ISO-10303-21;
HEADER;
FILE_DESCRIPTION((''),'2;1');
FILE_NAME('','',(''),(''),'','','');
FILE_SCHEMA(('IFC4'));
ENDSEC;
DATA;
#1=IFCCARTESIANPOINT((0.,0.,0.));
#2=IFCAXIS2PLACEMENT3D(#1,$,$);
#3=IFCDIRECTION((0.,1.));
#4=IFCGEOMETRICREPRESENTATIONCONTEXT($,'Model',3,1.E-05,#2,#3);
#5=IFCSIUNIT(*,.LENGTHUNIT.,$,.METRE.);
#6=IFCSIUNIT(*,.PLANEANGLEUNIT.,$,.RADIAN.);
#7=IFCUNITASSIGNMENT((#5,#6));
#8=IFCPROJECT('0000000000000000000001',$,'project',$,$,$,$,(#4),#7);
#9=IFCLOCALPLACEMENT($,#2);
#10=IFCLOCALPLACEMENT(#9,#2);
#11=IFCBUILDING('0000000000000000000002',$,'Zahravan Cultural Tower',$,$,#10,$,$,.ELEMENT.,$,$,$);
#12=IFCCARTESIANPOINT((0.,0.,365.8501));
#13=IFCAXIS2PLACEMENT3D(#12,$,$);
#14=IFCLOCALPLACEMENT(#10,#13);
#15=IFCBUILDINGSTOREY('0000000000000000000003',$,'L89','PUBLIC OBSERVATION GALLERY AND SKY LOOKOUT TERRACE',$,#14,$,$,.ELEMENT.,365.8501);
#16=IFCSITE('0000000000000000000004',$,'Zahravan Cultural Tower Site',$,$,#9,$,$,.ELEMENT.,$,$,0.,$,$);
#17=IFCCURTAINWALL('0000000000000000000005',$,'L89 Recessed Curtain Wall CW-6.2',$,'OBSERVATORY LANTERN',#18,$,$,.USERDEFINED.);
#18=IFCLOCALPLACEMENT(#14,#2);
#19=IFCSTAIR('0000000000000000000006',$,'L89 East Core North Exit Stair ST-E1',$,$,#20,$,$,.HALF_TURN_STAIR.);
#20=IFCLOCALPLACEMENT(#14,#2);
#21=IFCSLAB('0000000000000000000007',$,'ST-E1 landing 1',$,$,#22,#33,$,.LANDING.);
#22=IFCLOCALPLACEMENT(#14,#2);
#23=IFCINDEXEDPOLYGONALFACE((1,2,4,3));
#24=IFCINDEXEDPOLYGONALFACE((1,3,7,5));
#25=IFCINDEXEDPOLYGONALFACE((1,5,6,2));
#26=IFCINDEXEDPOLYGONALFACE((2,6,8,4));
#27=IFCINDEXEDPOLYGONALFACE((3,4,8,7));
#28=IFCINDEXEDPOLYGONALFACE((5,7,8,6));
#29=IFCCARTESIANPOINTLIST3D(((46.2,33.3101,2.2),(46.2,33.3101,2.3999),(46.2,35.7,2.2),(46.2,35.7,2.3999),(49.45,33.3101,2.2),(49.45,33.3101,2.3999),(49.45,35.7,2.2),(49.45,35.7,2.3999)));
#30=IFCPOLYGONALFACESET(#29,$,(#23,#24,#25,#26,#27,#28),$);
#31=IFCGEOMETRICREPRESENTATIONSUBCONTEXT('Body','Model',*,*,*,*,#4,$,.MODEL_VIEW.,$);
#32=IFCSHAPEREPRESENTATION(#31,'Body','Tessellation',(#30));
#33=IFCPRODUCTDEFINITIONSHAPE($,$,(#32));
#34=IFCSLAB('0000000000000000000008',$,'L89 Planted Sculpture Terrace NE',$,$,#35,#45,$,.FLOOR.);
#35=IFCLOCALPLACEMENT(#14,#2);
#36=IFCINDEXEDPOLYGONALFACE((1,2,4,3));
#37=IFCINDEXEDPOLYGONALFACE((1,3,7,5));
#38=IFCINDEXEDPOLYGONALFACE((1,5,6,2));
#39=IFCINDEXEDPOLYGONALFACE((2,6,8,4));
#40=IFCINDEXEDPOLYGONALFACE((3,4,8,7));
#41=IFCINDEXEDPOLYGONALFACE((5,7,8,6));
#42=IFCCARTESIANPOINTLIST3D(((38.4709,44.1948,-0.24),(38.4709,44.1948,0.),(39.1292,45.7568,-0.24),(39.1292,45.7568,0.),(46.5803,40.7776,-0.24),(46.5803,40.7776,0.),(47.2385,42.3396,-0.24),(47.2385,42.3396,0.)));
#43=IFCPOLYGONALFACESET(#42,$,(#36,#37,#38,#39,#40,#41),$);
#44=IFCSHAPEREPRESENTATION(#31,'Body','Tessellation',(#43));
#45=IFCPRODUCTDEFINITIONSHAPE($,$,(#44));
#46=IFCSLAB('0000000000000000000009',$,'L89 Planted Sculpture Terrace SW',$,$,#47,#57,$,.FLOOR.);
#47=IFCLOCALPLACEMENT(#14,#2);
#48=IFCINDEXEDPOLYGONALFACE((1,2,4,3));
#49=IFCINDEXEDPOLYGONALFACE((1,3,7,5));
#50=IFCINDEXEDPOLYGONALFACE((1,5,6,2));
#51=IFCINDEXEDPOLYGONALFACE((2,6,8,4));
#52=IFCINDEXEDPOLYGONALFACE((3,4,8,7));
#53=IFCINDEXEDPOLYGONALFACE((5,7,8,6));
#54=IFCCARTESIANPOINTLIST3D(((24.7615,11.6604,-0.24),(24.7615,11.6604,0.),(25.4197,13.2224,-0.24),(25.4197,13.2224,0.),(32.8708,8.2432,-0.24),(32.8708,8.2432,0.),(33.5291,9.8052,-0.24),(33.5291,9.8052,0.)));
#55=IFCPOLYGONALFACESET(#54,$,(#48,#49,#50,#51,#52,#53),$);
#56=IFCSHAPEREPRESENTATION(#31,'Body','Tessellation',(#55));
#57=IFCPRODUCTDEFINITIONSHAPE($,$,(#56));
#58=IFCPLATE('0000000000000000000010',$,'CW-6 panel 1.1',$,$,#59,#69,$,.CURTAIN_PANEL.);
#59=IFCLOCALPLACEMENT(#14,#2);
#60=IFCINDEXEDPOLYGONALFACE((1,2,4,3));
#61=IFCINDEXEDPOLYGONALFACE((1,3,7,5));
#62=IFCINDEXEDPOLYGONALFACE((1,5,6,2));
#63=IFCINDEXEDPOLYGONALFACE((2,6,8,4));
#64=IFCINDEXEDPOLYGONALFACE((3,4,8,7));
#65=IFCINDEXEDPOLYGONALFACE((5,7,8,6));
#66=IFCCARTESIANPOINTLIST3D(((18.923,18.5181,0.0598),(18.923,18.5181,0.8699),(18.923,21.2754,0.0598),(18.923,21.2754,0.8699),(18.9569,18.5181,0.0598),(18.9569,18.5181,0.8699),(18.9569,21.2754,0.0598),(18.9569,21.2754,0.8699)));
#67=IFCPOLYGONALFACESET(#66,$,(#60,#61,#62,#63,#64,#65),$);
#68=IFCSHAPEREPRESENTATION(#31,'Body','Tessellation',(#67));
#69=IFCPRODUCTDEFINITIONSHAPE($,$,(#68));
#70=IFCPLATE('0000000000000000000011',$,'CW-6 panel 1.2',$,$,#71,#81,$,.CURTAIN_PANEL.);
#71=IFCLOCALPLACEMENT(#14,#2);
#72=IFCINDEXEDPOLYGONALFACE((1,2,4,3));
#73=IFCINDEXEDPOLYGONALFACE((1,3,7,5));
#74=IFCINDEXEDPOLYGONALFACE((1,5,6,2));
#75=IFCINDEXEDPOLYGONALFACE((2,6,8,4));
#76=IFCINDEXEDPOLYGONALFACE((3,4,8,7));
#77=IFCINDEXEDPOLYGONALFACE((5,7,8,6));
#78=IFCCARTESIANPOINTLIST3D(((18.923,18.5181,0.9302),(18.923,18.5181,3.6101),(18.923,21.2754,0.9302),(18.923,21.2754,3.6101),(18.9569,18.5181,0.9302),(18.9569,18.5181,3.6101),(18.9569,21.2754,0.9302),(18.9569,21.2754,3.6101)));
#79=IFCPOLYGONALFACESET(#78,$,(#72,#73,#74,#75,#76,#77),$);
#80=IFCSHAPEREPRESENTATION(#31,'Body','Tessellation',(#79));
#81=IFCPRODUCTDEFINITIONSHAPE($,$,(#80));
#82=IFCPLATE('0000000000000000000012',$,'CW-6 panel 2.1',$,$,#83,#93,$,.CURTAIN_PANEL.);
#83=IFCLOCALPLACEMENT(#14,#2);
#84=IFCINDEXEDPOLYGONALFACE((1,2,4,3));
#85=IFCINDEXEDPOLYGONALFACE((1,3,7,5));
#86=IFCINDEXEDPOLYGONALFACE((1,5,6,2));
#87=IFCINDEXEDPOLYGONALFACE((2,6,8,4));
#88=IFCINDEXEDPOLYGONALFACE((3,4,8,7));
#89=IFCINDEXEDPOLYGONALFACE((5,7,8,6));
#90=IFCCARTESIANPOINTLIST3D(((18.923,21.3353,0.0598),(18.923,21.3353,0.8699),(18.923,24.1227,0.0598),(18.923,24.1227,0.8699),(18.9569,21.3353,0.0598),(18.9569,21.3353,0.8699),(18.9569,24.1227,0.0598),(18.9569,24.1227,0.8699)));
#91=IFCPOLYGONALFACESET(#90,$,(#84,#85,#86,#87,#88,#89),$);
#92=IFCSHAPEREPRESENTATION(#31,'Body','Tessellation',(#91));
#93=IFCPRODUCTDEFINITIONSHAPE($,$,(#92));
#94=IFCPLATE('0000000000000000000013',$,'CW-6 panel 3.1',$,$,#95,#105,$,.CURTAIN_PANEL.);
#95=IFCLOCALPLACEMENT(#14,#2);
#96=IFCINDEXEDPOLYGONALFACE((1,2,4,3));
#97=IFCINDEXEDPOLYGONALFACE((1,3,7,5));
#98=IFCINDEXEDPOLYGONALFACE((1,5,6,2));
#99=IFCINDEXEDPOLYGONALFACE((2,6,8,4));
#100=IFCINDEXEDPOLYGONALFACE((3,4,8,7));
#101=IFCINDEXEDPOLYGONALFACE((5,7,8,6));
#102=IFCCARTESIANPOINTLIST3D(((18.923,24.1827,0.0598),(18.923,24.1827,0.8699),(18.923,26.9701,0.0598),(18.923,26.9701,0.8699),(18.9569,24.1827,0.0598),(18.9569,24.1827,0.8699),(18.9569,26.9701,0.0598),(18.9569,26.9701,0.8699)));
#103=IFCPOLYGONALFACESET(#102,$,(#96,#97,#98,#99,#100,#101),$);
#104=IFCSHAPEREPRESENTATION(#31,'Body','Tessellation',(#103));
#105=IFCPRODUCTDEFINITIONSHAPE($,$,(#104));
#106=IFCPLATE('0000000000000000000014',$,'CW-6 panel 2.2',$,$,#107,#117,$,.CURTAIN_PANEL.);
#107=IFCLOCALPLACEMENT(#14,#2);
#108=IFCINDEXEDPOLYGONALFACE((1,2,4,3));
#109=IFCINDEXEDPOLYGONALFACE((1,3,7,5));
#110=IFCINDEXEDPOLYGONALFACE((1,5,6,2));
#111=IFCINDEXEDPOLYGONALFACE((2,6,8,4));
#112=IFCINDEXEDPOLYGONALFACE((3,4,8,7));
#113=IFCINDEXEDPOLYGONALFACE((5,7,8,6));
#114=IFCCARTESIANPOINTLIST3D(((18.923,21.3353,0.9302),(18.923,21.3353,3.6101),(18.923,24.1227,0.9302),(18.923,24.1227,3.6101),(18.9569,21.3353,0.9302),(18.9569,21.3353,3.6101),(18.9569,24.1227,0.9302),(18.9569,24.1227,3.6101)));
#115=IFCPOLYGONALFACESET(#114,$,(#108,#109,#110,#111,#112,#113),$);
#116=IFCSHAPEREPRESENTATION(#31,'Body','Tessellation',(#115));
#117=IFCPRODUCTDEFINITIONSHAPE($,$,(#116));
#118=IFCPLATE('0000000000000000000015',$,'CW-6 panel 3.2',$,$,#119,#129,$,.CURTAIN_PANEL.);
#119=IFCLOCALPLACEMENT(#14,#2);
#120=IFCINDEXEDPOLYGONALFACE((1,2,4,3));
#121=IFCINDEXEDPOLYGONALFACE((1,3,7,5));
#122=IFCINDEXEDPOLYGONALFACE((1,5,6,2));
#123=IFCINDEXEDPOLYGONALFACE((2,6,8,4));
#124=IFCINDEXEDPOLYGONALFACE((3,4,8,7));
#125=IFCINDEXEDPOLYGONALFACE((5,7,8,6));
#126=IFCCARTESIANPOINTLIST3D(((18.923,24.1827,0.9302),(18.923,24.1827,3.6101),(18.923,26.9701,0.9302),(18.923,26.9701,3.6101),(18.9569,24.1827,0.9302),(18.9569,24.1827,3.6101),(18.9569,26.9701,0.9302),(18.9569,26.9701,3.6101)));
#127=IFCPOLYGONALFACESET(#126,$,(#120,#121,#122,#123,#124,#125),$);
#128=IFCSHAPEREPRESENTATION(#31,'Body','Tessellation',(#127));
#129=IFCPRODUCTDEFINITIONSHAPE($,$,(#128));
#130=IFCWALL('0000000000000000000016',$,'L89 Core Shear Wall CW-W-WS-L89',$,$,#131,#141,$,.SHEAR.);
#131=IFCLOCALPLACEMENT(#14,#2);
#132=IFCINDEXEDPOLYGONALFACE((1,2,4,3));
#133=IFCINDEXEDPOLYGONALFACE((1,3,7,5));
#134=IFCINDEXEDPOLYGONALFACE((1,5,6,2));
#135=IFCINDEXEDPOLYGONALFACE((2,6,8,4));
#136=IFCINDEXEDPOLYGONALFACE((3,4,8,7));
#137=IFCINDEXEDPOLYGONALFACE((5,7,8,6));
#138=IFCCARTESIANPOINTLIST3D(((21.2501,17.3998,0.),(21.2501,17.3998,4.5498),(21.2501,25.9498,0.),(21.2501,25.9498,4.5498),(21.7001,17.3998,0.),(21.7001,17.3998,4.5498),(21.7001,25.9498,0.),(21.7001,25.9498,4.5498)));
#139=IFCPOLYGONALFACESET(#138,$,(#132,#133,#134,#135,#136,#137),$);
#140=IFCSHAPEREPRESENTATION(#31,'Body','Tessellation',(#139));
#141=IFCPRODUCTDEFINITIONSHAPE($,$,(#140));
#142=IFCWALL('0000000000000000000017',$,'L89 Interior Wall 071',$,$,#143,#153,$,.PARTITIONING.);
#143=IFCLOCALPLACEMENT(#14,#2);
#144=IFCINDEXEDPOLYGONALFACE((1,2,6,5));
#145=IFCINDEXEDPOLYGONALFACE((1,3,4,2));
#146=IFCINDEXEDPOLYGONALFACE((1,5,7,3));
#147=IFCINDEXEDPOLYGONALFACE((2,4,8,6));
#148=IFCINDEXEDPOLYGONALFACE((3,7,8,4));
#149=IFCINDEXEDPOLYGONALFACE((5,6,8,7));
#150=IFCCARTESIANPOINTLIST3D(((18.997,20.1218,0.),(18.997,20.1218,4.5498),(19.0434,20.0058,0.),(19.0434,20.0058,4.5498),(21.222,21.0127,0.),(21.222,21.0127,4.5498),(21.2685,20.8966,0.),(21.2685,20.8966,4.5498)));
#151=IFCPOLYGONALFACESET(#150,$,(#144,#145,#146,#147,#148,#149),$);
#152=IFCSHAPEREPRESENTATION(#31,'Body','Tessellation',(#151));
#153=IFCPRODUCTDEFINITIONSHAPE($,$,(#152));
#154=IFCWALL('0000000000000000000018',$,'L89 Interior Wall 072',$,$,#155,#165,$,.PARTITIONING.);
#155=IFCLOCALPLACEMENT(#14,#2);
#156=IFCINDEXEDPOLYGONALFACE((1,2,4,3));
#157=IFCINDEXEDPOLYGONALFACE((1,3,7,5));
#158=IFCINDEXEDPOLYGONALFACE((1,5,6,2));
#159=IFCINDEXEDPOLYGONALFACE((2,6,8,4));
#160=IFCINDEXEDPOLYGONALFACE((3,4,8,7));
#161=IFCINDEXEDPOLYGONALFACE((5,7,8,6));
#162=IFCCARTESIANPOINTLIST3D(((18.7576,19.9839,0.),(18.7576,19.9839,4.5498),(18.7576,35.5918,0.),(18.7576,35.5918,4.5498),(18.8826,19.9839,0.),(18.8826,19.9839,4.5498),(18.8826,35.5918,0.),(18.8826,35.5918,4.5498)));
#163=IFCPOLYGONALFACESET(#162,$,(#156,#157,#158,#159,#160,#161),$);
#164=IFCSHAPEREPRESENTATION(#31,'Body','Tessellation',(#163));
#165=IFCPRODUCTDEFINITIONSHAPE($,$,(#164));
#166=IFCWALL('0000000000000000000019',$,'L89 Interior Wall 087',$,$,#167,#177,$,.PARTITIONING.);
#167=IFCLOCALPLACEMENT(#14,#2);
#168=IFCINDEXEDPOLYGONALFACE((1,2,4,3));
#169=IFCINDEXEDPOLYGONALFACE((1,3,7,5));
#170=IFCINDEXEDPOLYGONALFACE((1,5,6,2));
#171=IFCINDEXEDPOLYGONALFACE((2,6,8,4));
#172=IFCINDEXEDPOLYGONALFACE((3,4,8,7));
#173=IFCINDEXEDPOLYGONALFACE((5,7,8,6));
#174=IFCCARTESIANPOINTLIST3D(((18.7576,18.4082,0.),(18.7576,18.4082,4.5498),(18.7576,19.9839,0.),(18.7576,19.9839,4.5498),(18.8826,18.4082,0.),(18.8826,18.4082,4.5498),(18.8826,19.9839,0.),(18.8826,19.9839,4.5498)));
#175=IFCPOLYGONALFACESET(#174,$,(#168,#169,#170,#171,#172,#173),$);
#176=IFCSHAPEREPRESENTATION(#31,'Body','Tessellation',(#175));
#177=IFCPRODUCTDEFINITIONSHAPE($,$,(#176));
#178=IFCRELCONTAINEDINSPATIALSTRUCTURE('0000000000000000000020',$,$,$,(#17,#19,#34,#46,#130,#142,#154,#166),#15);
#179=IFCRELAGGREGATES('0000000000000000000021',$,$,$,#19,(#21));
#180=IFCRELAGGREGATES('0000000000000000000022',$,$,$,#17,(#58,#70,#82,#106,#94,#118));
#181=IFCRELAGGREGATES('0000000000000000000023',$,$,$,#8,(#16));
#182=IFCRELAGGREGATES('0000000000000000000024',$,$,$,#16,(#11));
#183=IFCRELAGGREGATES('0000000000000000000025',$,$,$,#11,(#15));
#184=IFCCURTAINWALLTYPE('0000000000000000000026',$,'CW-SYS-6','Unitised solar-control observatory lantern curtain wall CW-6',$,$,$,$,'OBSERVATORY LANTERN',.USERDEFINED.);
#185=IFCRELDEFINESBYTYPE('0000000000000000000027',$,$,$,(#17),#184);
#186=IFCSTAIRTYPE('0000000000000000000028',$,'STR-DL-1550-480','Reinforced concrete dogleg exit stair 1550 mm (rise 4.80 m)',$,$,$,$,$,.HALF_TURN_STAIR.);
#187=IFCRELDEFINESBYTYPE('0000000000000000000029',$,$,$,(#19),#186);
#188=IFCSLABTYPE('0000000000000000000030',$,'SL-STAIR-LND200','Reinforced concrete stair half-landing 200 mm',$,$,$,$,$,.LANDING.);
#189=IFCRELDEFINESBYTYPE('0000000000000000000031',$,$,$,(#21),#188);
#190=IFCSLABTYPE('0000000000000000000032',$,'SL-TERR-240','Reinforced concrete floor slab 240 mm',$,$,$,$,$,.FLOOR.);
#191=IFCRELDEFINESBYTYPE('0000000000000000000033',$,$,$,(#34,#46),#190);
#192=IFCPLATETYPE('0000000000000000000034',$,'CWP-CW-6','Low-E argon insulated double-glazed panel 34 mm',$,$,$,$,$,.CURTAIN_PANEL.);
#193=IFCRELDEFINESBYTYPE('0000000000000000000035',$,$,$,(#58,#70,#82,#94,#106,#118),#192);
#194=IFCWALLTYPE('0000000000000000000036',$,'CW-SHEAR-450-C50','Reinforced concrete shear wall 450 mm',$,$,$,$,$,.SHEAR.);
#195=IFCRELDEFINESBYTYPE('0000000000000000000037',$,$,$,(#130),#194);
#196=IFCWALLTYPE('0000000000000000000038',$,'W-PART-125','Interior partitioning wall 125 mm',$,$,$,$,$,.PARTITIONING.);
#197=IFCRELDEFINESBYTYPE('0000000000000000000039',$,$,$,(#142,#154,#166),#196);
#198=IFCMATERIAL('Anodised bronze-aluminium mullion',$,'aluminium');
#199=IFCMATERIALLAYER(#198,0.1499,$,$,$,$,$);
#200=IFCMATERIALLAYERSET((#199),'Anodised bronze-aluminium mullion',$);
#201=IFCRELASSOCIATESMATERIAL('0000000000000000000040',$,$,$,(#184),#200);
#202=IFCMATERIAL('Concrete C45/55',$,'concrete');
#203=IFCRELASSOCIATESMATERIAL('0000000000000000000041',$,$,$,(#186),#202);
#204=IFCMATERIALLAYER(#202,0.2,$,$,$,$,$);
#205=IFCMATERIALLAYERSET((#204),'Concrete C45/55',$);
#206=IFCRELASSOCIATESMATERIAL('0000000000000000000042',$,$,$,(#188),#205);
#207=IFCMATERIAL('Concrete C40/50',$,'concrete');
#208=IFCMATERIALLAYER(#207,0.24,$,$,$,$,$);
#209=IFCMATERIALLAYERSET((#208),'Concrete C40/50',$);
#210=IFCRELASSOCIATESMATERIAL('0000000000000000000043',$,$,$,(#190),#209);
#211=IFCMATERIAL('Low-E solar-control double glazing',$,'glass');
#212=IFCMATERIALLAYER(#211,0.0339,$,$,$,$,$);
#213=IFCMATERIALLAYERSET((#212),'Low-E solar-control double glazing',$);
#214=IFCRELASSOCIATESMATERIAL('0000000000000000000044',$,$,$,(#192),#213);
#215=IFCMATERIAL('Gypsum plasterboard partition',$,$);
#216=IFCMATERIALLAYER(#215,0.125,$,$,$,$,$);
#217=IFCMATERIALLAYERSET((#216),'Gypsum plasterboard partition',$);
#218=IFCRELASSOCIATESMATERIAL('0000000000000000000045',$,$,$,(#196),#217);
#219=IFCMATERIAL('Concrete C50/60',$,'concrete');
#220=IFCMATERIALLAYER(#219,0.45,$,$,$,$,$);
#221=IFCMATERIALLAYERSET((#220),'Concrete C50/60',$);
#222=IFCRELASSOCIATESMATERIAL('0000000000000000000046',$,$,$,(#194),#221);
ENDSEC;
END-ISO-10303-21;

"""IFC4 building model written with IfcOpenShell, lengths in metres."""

from ifc_helpers import new_model, si_unit, direction, frame, frame_2d, origin, origin_2d, place, context, subcontext, project, spatial, polyline, rectangle, outline, extrude, source, transform, mapped, material, layer, layer_set, type_object, element, aggregate, save


model = new_model("IFC4")

# Units and contexts
model_context = context("Model", 3, precision=1e-05, world=origin(), true_north=direction((0.0, 1.0)))
body_context = subcontext(model_context, "Body", "Model", "MODEL_VIEW")
ifc_project = project(units=[si_unit("LENGTHUNIT", "METRE"), si_unit("PLANEANGLEUNIT", "RADIAN")], contexts=[model_context])

# Site, building, storey
site_placement = place(None, origin())
site = spatial("IfcSite", under=ifc_project, at=site_placement, Name="Zahravan Cultural Tower Site", CompositionType="ELEMENT", RefElevation=0.0)
building_placement = place(site_placement, origin())
building = spatial("IfcBuilding", under=site, at=building_placement, Name="Zahravan Cultural Tower", CompositionType="ELEMENT")
storey_placement = place(building_placement, frame((0.0, 0.0, 365.8501)))
storey = spatial("IfcBuildingStorey", under=building, at=storey_placement, Name="L89", Description="PUBLIC OBSERVATION GALLERY AND SKY LOOKOUT TERRACE", CompositionType="ELEMENT", Elevation=365.8501)

# Shared definitions
ifc_material_1 = material(Name="Concrete C50/60", Category="concrete")

# Curtain wall
ifc_material_2 = material(Name="Anodised bronze-aluminium mullion", Category="aluminium")
ifc_layer_1 = layer(ifc_material_2, 0.1499)
ifc_layer_set_1 = layer_set([ifc_layer_1], Name="Anodised bronze-aluminium mullion")
curtain_wall_type = type_object("IfcCurtainWallType", Name="CW-SYS-6", Description="Unitised solar-control observatory lantern curtain wall CW-6", ElementType="OBSERVATORY LANTERN", PredefinedType="USERDEFINED", material=ifc_layer_set_1)
curtain_wall_placement = place(storey_placement, origin())
curtain_wall = element("IfcCurtainWall", 1, at=curtain_wall_placement, inside=storey, type_object=curtain_wall_type, Name="L89 Recessed Curtain Wall CW-6.2", ObjectType="OBSERVATORY LANTERN", PredefinedType="USERDEFINED")

# Shared definitions
ifc_material_3 = material(Name="Concrete C45/55", Category="concrete")

# Stair, slab
stair_type = type_object("IfcStairType", Name="STR-DL-1550-480", Description="Reinforced concrete dogleg exit stair 1550 mm (rise 4.80 m)", PredefinedType="HALF_TURN_STAIR", material=ifc_material_3)
ifc_layer_2 = layer(ifc_material_3, 0.2)
ifc_layer_set_2 = layer_set([ifc_layer_2], Name="Concrete C45/55")
slab_type_1 = type_object("IfcSlabType", Name="SL-STAIR-LND200", Description="Reinforced concrete stair half-landing 200 mm", PredefinedType="LANDING", material=ifc_layer_set_2)
stair_1_placement = place(storey_placement, origin())
stair_1 = element("IfcStair", 2, at=stair_1_placement, inside=storey, type_object=stair_type, Name="L89 East Core North Exit Stair ST-E1", PredefinedType="HALF_TURN_STAIR")
slab_1_placement = place(storey_placement, frame((0.0, 0.0, 2.2)))
slab_1 = element("IfcSlab", 3, at=slab_1_placement, type_object=slab_type_1, Name="ST-E1 landing 1", PredefinedType="LANDING", context=body_context, shape_type="SweptSolid", body=[
    extrude(outline(polyline([(49.45, 33.3101), (49.45, 35.7), (46.2, 35.7), (46.2, 33.3101), (49.45, 33.3101)])), origin(), (0.0, 0.0, 1.0), 0.2),
])
aggregate(stair_1, [slab_1])

# Slabs
ifc_material_4 = material(Name="Concrete C40/50", Category="concrete")
ifc_layer_3 = layer(ifc_material_4, 0.24)
ifc_layer_set_3 = layer_set([ifc_layer_3], Name="Concrete C40/50")
slab_type_2 = type_object("IfcSlabType", Name="SL-TERR-240", Description="Reinforced concrete floor slab 240 mm", PredefinedType="FLOOR", material=ifc_layer_set_3)
slab_2_placement = place(storey_placement, frame((0.0, 0.0, -0.24)))
element("IfcSlab", 4, at=slab_2_placement, inside=storey, type_object=slab_type_2, Name="L89 Planted Sculpture Terrace NE", PredefinedType="FLOOR", context=body_context, shape_type="SweptSolid", body=[
    extrude(outline(polyline([(39.1292, 45.7568), (38.4709, 44.1948), (46.5803, 40.7776), (47.2385, 42.3396), (39.1292, 45.7568)])), origin(), (0.0, 0.0, 1.0), 0.24),
])
slab_3_placement = place(storey_placement, frame((0.0, 0.0, -0.24)))
element("IfcSlab", 5, at=slab_3_placement, inside=storey, type_object=slab_type_2, Name="L89 Planted Sculpture Terrace SW", PredefinedType="FLOOR", context=body_context, shape_type="SweptSolid", body=[
    extrude(outline(polyline([(32.8708, 8.2432), (33.5291, 9.8052), (25.4197, 13.2224), (24.7615, 11.6604), (32.8708, 8.2432)])), origin(), (0.0, 0.0, 1.0), 0.24),
])

# Plates
ifc_material_5 = material(Name="Low-E solar-control double glazing", Category="glass")
ifc_layer_4 = layer(ifc_material_5, 0.0339)
ifc_layer_set_4 = layer_set([ifc_layer_4], Name="Low-E solar-control double glazing")
plate_type = type_object("IfcPlateType", Name="CWP-CW-6", Description="Low-E argon insulated double-glazed panel 34 mm", PredefinedType="CURTAIN_PANEL", material=ifc_layer_set_4)
shared_shape_1 = source(origin(), body_context, "Body", "SweptSolid", [
    extrude(rectangle(XDim=2.7573, YDim=0.0339, at=origin_2d()), origin(), (0.0, 0.0, 1.0), 0.8101),
])
plate_1_placement = place(storey_placement, frame((18.9399, 19.8967, 0.0598), z_axis=(0.0, 0.0, 1.0), x_axis=(0.0, 1.0, 0.0)))
plate_1 = element("IfcPlate", 6, at=plate_1_placement, type_object=plate_type, Name="CW-6 panel 1.1", PredefinedType="CURTAIN_PANEL", context=body_context, shape_type="MappedRepresentation", body=[
    mapped(shared_shape_1, transform((0.0, 0.0, 0.0), x_axis=(1.0, 0.0, 0.0), y_axis=(0.0, 1.0, 0.0), z_axis=(0.0, 0.0, 1.0), scale=1.0)),
])
shared_shape_2 = source(origin(), body_context, "Body", "SweptSolid", [
    extrude(rectangle(XDim=2.7573, YDim=0.0339, at=origin_2d()), origin(), (0.0, 0.0, 1.0), 2.6799),
])
plate_2_placement = place(storey_placement, frame((18.9399, 19.8967, 0.9302), z_axis=(0.0, 0.0, 1.0), x_axis=(0.0, 1.0, 0.0)))
plate_2 = element("IfcPlate", 7, at=plate_2_placement, type_object=plate_type, Name="CW-6 panel 1.2", PredefinedType="CURTAIN_PANEL", context=body_context, shape_type="MappedRepresentation", body=[
    mapped(shared_shape_2, transform((0.0, 0.0, 0.0), x_axis=(1.0, 0.0, 0.0), y_axis=(0.0, 1.0, 0.0), z_axis=(0.0, 0.0, 1.0), scale=1.0)),
])
shared_shape_3 = source(origin(), body_context, "Body", "SweptSolid", [
    extrude(rectangle(XDim=2.7874, YDim=0.0339, at=origin_2d()), origin(), (0.0, 0.0, 1.0), 0.8101),
])
plate_3_placement = place(storey_placement, frame((18.9399, 22.729, 0.0598), z_axis=(0.0, 0.0, 1.0), x_axis=(0.0, 1.0, 0.0)))
plate_3 = element("IfcPlate", 8, at=plate_3_placement, type_object=plate_type, Name="CW-6 panel 2.1", PredefinedType="CURTAIN_PANEL", context=body_context, shape_type="MappedRepresentation", body=[
    mapped(shared_shape_3, transform((0.0, 0.0, 0.0), x_axis=(1.0, 0.0, 0.0), y_axis=(0.0, 1.0, 0.0), z_axis=(0.0, 0.0, 1.0), scale=1.0)),
])
plate_4_placement = place(storey_placement, frame((18.9399, 25.5764, 0.0598), z_axis=(0.0, 0.0, 1.0), x_axis=(0.0, 1.0, 0.0)))
plate_4 = element("IfcPlate", 9, at=plate_4_placement, type_object=plate_type, Name="CW-6 panel 3.1", PredefinedType="CURTAIN_PANEL", context=body_context, shape_type="MappedRepresentation", body=[
    mapped(shared_shape_3, transform((0.0, 0.0, 0.0), x_axis=(1.0, 0.0, 0.0), y_axis=(0.0, 1.0, 0.0), z_axis=(0.0, 0.0, 1.0), scale=1.0)),
])
shared_shape_4 = source(origin(), body_context, "Body", "SweptSolid", [
    extrude(rectangle(XDim=2.7874, YDim=0.0339, at=origin_2d()), origin(), (0.0, 0.0, 1.0), 2.6799),
])
plate_5_placement = place(storey_placement, frame((18.9399, 22.729, 0.9302), z_axis=(0.0, 0.0, 1.0), x_axis=(0.0, 1.0, 0.0)))
plate_5 = element("IfcPlate", 10, at=plate_5_placement, type_object=plate_type, Name="CW-6 panel 2.2", PredefinedType="CURTAIN_PANEL", context=body_context, shape_type="MappedRepresentation", body=[
    mapped(shared_shape_4, transform((0.0, 0.0, 0.0), x_axis=(1.0, 0.0, 0.0), y_axis=(0.0, 1.0, 0.0), z_axis=(0.0, 0.0, 1.0), scale=1.0)),
])
plate_6_placement = place(storey_placement, frame((18.9399, 25.5764, 0.9302), z_axis=(0.0, 0.0, 1.0), x_axis=(0.0, 1.0, 0.0)))
plate_6 = element("IfcPlate", 11, at=plate_6_placement, type_object=plate_type, Name="CW-6 panel 3.2", PredefinedType="CURTAIN_PANEL", context=body_context, shape_type="MappedRepresentation", body=[
    mapped(shared_shape_4, transform((0.0, 0.0, 0.0), x_axis=(1.0, 0.0, 0.0), y_axis=(0.0, 1.0, 0.0), z_axis=(0.0, 0.0, 1.0), scale=1.0)),
])
aggregate(curtain_wall, [plate_1, plate_2, plate_3, plate_5, plate_4, plate_6])

# Shared definitions
ifc_material_6 = material(Name="Gypsum plasterboard partition")
ifc_layer_5 = layer(ifc_material_6, 0.125)
ifc_layer_set_5 = layer_set([ifc_layer_5], Name="Gypsum plasterboard partition")
wall_type_1 = type_object("IfcWallType", Name="W-PART-125", Description="Interior partitioning wall 125 mm", PredefinedType="PARTITIONING", material=ifc_layer_set_5)

# Walls
ifc_layer_6 = layer(ifc_material_1, 0.45)
ifc_layer_set_6 = layer_set([ifc_layer_6], Name="Concrete C50/60")
wall_type_2 = type_object("IfcWallType", Name="CW-SHEAR-450-C50", Description="Reinforced concrete shear wall 450 mm", PredefinedType="SHEAR", material=ifc_layer_set_6)
shared_shape_5 = source(origin(), body_context, "Body", "SweptSolid", [
    extrude(rectangle(XDim=8.55, YDim=0.45, at=frame_2d((4.2749, 0.0))), origin(), (0.0, 0.0, 1.0), 4.5498),
])
wall_1_placement = place(storey_placement, frame((21.4751, 17.3999, 0.0), z_axis=(0.0, 0.0, 1.0), x_axis=(0.0, 1.0, 0.0)))
element("IfcWall", 12, at=wall_1_placement, inside=storey, type_object=wall_type_2, Name="L89 Core Shear Wall CW-W-WS-L89", PredefinedType="SHEAR", context=body_context, shape_type="MappedRepresentation", body=[
    mapped(shared_shape_5, transform((0.0, 0.0, 0.0), x_axis=(1.0, 0.0, 0.0), y_axis=(0.0, 1.0, 0.0), z_axis=(0.0, 0.0, 1.0), scale=1.0)),
])
shared_shape_6 = source(origin(), body_context, "Body", "SweptSolid", [
    extrude(rectangle(XDim=2.3967, YDim=0.125, at=frame_2d((1.1982, 0.0))), origin(), (0.0, 0.0, 1.0), 4.5498),
])
wall_2_placement = place(storey_placement, frame((21.2451, 20.9546, 0.0), z_axis=(0.0, 0.0, 1.0), x_axis=(-0.928357, -0.371689, 0.0)))
element("IfcWall", 13, at=wall_2_placement, inside=storey, type_object=wall_type_1, Name="L89 Interior Wall 071", PredefinedType="PARTITIONING", context=body_context, shape_type="MappedRepresentation", body=[
    mapped(shared_shape_6, transform((0.0, 0.0, 0.0), x_axis=(1.0, 0.0, 0.0), y_axis=(0.0, 1.0, 0.0), z_axis=(0.0, 0.0, 1.0), scale=1.0)),
])
shared_shape_7 = source(origin(), body_context, "Body", "SweptSolid", [
    extrude(rectangle(XDim=15.6079, YDim=0.125, at=frame_2d((7.804, 0.0))), origin(), (0.0, 0.0, 1.0), 4.5498),
])
wall_3_placement = place(storey_placement, frame((18.8201, 19.9839, 0.0), z_axis=(0.0, 0.0, 1.0), x_axis=(0.0, 1.0, 0.0)))
element("IfcWall", 14, at=wall_3_placement, inside=storey, type_object=wall_type_1, Name="L89 Interior Wall 072", PredefinedType="PARTITIONING", context=body_context, shape_type="MappedRepresentation", body=[
    mapped(shared_shape_7, transform((0.0, 0.0, 0.0), x_axis=(1.0, 0.0, 0.0), y_axis=(0.0, 1.0, 0.0), z_axis=(0.0, 0.0, 1.0), scale=1.0)),
])
shared_shape_8 = source(origin(), body_context, "Body", "SweptSolid", [
    extrude(rectangle(XDim=1.5757, YDim=0.125, at=frame_2d((0.7878, 0.0))), origin(), (0.0, 0.0, 1.0), 4.5498),
])
wall_4_placement = place(storey_placement, frame((18.8201, 18.4082, 0.0), z_axis=(0.0, 0.0, 1.0), x_axis=(0.0, 1.0, 0.0)))
element("IfcWall", 15, at=wall_4_placement, inside=storey, type_object=wall_type_1, Name="L89 Interior Wall 087", PredefinedType="PARTITIONING", context=body_context, shape_type="MappedRepresentation", body=[
    mapped(shared_shape_8, transform((0.0, 0.0, 0.0), x_axis=(1.0, 0.0, 0.0), y_axis=(0.0, 1.0, 0.0), z_axis=(0.0, 0.0, 1.0), scale=1.0)),
])

save(model, "model.ifc")
